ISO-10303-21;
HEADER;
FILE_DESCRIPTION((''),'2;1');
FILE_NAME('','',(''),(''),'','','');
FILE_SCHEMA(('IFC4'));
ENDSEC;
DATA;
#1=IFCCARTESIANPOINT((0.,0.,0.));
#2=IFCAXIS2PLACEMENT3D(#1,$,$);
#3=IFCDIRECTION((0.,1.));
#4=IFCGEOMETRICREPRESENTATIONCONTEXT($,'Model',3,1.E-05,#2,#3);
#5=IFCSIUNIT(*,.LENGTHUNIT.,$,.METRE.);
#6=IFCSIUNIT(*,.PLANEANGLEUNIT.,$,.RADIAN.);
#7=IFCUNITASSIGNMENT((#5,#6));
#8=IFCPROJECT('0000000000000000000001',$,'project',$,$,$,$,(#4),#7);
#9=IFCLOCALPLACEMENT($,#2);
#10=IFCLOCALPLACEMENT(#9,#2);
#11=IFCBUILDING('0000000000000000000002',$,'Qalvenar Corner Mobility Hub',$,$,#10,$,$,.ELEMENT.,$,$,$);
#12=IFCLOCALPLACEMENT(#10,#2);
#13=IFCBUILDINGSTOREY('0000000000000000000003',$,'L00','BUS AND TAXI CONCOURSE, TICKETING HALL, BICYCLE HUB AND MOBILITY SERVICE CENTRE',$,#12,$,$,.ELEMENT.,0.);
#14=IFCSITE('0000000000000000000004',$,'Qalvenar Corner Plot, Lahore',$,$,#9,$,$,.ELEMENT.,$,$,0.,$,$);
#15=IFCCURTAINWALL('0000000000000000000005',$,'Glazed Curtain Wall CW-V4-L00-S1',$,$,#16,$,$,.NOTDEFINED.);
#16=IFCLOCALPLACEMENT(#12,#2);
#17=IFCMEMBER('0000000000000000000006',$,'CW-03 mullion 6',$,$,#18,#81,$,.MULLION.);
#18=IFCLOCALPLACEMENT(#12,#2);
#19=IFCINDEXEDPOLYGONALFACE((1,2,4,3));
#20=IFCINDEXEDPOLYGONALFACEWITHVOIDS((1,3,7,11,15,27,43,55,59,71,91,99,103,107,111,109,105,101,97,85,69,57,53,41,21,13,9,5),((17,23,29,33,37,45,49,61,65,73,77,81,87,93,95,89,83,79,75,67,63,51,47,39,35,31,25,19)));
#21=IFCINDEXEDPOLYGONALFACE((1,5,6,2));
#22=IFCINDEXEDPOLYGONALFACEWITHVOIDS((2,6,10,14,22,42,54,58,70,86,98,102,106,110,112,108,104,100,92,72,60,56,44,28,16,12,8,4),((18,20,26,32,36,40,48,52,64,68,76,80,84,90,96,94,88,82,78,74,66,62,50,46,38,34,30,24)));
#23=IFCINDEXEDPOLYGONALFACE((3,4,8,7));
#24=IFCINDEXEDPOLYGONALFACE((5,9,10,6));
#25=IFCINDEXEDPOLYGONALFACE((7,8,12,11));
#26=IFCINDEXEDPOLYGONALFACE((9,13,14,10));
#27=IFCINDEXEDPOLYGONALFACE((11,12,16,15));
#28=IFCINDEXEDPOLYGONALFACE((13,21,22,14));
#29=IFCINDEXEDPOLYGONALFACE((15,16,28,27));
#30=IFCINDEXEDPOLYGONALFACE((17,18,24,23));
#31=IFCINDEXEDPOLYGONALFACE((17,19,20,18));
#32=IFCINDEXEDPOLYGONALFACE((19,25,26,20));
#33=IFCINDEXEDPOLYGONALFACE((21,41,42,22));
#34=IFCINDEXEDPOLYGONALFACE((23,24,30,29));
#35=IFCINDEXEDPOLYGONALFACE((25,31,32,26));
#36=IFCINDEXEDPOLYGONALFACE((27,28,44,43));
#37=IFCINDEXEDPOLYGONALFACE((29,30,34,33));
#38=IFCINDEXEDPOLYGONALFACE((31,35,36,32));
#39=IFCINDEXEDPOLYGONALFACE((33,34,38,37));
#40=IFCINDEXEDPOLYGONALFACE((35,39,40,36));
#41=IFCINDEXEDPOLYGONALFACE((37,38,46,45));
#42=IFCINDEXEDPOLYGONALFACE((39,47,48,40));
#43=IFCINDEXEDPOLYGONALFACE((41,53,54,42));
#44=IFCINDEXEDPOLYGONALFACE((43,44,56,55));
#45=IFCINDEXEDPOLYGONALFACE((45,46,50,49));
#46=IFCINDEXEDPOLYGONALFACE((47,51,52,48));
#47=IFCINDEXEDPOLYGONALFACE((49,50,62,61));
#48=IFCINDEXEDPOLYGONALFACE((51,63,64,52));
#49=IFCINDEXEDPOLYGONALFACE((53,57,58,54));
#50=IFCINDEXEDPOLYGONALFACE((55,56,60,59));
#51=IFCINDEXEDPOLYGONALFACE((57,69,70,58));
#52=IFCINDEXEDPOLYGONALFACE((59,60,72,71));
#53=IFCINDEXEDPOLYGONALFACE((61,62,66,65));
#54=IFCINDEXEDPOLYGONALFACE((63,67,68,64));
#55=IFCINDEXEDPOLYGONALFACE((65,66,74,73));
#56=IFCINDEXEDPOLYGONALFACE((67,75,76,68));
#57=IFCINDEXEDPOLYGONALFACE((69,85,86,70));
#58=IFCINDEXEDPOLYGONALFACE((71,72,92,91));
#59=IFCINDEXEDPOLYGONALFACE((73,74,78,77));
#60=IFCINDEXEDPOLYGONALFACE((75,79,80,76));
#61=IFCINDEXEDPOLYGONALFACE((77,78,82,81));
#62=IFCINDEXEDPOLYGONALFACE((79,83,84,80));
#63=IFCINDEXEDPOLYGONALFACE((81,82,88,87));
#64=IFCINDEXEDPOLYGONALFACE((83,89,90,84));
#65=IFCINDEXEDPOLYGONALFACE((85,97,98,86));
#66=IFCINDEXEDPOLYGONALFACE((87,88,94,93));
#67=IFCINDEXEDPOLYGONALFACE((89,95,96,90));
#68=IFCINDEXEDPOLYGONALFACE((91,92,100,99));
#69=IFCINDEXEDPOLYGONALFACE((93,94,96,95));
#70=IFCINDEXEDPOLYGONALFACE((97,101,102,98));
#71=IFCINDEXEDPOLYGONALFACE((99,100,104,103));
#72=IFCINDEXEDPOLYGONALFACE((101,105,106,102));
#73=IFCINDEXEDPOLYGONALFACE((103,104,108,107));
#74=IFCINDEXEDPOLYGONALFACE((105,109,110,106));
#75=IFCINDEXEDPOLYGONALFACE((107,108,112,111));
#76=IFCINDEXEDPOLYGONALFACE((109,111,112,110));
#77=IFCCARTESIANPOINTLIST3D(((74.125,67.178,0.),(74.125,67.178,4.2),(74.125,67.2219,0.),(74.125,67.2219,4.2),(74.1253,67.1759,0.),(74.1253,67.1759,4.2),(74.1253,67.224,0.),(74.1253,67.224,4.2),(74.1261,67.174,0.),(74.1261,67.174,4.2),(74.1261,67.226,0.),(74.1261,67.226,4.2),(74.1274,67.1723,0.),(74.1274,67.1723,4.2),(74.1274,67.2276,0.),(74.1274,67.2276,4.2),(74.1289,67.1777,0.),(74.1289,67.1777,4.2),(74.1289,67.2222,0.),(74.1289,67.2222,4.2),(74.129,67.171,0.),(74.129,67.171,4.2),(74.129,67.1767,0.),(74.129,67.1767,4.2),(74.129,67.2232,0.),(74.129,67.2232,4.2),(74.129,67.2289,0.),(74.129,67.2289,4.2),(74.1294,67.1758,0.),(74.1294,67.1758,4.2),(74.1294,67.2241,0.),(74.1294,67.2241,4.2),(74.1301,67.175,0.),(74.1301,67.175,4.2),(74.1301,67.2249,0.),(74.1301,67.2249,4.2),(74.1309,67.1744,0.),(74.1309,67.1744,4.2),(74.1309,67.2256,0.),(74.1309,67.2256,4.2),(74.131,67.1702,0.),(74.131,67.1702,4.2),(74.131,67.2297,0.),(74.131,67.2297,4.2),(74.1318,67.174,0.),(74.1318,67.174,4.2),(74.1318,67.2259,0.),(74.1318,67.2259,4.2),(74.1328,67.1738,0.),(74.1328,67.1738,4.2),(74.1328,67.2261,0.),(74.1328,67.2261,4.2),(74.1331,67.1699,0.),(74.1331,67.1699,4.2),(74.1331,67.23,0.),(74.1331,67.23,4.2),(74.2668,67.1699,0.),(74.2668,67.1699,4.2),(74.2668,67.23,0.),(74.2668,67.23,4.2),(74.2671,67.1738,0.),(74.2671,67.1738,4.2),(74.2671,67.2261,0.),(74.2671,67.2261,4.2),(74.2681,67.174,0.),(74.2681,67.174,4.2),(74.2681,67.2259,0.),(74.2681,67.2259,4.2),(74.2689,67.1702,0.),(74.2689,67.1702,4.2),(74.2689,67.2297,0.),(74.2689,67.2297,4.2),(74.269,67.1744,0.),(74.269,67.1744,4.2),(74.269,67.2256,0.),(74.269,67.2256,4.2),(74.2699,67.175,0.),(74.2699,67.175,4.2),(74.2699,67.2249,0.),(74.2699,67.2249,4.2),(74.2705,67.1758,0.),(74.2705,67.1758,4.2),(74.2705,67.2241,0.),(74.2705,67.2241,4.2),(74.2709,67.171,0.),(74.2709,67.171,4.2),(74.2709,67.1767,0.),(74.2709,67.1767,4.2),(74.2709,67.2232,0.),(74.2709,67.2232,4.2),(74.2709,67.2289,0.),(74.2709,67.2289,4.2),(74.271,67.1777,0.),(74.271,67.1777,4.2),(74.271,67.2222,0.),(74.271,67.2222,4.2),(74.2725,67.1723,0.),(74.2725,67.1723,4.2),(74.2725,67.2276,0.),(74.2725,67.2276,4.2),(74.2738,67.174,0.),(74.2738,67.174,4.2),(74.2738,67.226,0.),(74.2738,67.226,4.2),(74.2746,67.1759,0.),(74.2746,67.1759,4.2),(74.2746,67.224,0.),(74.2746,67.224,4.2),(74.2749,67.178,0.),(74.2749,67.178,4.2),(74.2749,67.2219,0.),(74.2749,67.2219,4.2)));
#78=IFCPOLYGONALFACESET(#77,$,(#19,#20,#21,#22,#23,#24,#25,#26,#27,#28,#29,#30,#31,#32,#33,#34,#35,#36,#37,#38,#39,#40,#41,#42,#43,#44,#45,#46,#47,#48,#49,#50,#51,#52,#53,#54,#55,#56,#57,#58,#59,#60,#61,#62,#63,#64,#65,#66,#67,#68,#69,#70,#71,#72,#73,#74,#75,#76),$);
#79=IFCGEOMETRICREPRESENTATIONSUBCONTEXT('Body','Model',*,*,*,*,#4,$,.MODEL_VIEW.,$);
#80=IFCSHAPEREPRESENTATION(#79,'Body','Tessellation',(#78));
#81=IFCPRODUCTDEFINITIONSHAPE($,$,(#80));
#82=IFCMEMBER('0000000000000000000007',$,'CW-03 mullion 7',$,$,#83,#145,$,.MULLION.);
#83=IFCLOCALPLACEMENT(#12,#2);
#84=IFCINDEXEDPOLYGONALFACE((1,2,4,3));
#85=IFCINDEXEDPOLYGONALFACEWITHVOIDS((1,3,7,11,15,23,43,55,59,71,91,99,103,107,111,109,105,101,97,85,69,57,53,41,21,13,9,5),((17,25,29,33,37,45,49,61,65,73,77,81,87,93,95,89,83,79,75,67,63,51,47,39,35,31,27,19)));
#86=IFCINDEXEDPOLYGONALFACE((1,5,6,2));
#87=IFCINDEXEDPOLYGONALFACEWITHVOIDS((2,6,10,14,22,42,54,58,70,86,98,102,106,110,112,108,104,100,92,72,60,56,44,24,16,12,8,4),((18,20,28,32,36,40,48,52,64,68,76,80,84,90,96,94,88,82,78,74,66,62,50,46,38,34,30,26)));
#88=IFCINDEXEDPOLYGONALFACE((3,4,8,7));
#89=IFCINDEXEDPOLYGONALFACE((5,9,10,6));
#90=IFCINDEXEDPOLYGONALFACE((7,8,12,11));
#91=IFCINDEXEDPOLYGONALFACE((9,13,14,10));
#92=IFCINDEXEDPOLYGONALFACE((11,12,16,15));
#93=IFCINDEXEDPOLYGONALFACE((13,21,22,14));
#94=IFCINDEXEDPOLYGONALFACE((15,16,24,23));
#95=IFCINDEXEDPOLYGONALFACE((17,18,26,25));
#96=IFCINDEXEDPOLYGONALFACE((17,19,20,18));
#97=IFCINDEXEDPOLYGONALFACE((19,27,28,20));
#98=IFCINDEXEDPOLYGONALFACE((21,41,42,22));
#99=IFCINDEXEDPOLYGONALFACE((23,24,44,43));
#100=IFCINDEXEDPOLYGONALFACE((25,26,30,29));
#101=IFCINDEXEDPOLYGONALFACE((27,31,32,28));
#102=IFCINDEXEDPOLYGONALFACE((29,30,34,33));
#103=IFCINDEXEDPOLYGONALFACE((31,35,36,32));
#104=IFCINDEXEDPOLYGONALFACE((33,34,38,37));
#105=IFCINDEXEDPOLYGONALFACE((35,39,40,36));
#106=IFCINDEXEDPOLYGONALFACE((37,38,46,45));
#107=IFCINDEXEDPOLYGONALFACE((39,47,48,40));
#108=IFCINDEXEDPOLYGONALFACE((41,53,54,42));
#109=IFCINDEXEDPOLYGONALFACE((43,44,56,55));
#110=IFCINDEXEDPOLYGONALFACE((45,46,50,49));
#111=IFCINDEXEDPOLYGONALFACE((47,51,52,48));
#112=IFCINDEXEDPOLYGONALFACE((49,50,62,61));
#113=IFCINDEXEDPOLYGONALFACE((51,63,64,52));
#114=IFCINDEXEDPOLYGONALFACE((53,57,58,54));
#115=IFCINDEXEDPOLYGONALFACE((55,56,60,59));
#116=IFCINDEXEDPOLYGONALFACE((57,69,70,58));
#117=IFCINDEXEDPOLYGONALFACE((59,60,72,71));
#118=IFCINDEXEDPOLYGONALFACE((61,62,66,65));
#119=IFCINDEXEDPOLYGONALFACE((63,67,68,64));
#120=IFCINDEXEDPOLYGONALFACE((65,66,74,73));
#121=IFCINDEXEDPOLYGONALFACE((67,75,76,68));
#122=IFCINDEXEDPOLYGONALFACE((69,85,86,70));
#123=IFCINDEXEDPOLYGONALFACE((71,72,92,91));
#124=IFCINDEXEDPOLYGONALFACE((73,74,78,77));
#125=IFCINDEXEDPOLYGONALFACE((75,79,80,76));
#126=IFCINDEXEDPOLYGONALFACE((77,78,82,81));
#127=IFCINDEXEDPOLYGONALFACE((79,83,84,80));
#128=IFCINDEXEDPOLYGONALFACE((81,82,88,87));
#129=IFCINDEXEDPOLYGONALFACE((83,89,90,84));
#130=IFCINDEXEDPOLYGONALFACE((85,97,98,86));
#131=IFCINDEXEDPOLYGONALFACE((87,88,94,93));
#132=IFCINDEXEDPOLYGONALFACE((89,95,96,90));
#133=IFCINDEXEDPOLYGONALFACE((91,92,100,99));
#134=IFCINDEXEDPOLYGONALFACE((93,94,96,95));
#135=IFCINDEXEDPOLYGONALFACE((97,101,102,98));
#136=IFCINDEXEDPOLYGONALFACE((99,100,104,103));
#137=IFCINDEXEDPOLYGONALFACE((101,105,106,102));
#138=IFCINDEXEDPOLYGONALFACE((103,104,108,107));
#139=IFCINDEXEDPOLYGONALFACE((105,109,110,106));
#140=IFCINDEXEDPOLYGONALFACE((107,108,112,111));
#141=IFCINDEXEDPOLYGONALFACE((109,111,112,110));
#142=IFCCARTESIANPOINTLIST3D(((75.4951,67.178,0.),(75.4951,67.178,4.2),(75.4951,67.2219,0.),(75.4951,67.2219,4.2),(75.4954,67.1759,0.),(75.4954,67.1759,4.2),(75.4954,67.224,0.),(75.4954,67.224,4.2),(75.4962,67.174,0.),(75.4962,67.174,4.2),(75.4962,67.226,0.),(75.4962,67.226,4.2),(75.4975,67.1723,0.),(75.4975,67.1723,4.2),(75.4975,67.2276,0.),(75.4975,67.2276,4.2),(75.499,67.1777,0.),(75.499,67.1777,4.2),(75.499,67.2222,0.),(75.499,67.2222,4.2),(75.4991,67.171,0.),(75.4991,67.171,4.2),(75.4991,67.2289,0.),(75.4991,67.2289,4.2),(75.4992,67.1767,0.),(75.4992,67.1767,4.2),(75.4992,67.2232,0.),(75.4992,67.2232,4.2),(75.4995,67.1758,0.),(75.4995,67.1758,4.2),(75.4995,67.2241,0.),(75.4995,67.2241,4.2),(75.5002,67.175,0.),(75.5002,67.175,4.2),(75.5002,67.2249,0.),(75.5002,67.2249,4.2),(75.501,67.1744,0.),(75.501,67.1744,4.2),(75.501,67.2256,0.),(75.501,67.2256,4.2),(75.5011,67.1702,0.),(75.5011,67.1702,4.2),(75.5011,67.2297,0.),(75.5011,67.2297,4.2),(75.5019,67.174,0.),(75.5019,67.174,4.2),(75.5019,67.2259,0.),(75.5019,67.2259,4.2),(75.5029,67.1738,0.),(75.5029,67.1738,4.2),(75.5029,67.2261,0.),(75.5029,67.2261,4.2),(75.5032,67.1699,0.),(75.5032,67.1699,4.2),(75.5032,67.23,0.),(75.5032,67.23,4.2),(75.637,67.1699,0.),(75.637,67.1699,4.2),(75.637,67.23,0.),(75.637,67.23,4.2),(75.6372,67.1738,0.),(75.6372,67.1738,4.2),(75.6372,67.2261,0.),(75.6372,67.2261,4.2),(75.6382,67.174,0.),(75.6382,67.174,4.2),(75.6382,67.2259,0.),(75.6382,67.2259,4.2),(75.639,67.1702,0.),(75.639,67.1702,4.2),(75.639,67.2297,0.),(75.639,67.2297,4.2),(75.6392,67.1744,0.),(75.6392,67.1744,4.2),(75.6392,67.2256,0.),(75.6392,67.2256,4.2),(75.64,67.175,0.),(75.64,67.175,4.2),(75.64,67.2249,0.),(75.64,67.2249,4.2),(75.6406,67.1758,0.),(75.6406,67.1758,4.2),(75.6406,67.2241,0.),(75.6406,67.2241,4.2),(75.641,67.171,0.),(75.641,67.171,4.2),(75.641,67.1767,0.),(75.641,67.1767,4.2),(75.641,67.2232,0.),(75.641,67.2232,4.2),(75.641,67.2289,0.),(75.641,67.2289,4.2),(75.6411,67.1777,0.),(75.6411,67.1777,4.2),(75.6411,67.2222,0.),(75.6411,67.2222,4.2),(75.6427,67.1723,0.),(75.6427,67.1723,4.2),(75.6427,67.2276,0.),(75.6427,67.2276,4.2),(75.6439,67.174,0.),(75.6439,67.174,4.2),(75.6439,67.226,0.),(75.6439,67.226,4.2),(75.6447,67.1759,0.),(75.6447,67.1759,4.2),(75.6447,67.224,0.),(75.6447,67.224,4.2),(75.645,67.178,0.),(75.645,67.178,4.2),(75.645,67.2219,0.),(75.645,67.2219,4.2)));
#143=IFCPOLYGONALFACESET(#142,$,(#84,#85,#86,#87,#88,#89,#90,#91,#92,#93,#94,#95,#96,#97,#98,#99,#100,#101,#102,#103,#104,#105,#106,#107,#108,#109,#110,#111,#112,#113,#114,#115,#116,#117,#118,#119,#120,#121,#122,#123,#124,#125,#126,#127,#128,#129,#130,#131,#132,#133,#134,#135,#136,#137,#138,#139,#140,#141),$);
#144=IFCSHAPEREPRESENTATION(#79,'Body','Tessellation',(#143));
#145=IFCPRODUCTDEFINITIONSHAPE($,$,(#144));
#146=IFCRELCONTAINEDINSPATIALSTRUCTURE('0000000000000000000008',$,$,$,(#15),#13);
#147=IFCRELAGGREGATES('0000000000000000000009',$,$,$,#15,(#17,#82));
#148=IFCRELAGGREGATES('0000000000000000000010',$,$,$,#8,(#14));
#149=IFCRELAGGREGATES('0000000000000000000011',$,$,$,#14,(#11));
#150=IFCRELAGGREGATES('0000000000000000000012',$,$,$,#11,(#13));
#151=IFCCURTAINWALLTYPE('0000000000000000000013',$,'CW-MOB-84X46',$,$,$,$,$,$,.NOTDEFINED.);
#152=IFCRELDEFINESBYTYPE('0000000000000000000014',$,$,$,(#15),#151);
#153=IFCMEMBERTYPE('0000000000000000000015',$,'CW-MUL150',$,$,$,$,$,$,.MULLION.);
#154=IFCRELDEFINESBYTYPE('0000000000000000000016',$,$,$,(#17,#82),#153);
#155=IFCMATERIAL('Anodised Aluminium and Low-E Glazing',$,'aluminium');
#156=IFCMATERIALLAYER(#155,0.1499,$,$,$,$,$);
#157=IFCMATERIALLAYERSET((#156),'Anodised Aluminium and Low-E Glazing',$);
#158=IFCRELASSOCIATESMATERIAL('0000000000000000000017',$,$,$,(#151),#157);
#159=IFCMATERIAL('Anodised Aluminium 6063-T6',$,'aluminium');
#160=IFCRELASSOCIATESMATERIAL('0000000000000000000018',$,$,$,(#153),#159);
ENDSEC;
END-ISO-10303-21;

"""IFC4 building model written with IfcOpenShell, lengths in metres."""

from ifc_helpers import new_model, si_unit, direction, frame, origin, origin_2d, place, context, subcontext, project, spatial, hollow_rectangle, extrude, material, layer, layer_set, material_profile, profile_set, type_object, element, aggregate, save


model = new_model("IFC4")

# Units and contexts
model_context = context("Model", 3, precision=1e-05, world=origin(), true_north=direction((0.0, 1.0)))
body_context = subcontext(model_context, "Body", "Model", "MODEL_VIEW")
ifc_project = project(units=[si_unit("LENGTHUNIT", "METRE"), si_unit("PLANEANGLEUNIT", "RADIAN")], contexts=[model_context])

# Site, building, storey
site_placement = place(None, origin())
site = spatial("IfcSite", under=ifc_project, at=site_placement, Name="Qalvenar Corner Plot, Lahore", CompositionType="ELEMENT", RefElevation=0.0)
building_placement = place(site_placement, origin())
building = spatial("IfcBuilding", under=site, at=building_placement, Name="Qalvenar Corner Mobility Hub", CompositionType="ELEMENT")
storey_placement = place(building_placement, origin())
storey = spatial("IfcBuildingStorey", under=building, at=storey_placement, Name="L00", Description="BUS AND TAXI CONCOURSE, TICKETING HALL, BICYCLE HUB AND MOBILITY SERVICE CENTRE", CompositionType="ELEMENT", Elevation=0.0)

# Curtain wall, members
ifc_material_1 = material(Name="Anodised Aluminium and Low-E Glazing", Category="aluminium")
ifc_layer_1 = layer(ifc_material_1, 0.1499)
ifc_layer_set_1 = layer_set([ifc_layer_1], Name="Anodised Aluminium and Low-E Glazing")
curtain_wall_type = type_object("IfcCurtainWallType", Name="CW-MOB-84X46", PredefinedType="NOTDEFINED", material=ifc_layer_set_1)
curtain_wall_1_placement = place(storey_placement, origin())
curtain_wall_1 = element("IfcCurtainWall", 1, at=curtain_wall_1_placement, inside=storey, type_object=curtain_wall_type, Name="Glazed Curtain Wall CW-V4-L00-S1", PredefinedType="NOTDEFINED")
ifc_material_2 = material(Name="Anodised Aluminium 6063-T6", Category="aluminium")
ifc_material_profile_1 = material_profile(ifc_material_2, hollow_rectangle(XDim=0.0601, YDim=0.1499, WallThickness=0.0039, InnerFilletRadius=0.0039, OuterFilletRadius=0.0081, at=origin_2d()), Name="RHS150x60x4")
ifc_profile_set_1 = profile_set([ifc_material_profile_1], Name="Anodised Aluminium 6063-T6")
member_type_1 = type_object("IfcMemberType", Name="CW-MUL150", PredefinedType="MULLION", material=ifc_profile_set_1)
member_1_placement = place(storey_placement, frame((74.2, 67.2, 0.0), z_axis=(0.0, 0.0, 1.0), x_axis=(0.0, 1.0, 0.0)))
member_1 = element("IfcMember", 2, at=member_1_placement, type_object=member_type_1, Name="CW-03 mullion 6", PredefinedType="MULLION", context=body_context, shape_type="SweptSolid", body=[
    extrude(hollow_rectangle(XDim=0.0601, YDim=0.1499, WallThickness=0.0039, InnerFilletRadius=0.0039, OuterFilletRadius=0.0081, at=origin_2d()), origin(), (0.0, 0.0, 1.0), 4.2),
])
member_2_placement = place(storey_placement, frame((75.5701, 67.2, 0.0), z_axis=(0.0, 0.0, 1.0), x_axis=(0.0, 1.0, 0.0)))
member_2 = element("IfcMember", 3, at=member_2_placement, type_object=member_type_1, Name="CW-03 mullion 7", PredefinedType="MULLION", context=body_context, shape_type="SweptSolid", body=[
    extrude(hollow_rectangle(XDim=0.0601, YDim=0.1499, WallThickness=0.0039, InnerFilletRadius=0.0039, OuterFilletRadius=0.0081, at=origin_2d()), origin(), (0.0, 0.0, 1.0), 4.2),
])

aggregate(curtain_wall_1, [member_1, member_2])

save(model, "model.ifc")
